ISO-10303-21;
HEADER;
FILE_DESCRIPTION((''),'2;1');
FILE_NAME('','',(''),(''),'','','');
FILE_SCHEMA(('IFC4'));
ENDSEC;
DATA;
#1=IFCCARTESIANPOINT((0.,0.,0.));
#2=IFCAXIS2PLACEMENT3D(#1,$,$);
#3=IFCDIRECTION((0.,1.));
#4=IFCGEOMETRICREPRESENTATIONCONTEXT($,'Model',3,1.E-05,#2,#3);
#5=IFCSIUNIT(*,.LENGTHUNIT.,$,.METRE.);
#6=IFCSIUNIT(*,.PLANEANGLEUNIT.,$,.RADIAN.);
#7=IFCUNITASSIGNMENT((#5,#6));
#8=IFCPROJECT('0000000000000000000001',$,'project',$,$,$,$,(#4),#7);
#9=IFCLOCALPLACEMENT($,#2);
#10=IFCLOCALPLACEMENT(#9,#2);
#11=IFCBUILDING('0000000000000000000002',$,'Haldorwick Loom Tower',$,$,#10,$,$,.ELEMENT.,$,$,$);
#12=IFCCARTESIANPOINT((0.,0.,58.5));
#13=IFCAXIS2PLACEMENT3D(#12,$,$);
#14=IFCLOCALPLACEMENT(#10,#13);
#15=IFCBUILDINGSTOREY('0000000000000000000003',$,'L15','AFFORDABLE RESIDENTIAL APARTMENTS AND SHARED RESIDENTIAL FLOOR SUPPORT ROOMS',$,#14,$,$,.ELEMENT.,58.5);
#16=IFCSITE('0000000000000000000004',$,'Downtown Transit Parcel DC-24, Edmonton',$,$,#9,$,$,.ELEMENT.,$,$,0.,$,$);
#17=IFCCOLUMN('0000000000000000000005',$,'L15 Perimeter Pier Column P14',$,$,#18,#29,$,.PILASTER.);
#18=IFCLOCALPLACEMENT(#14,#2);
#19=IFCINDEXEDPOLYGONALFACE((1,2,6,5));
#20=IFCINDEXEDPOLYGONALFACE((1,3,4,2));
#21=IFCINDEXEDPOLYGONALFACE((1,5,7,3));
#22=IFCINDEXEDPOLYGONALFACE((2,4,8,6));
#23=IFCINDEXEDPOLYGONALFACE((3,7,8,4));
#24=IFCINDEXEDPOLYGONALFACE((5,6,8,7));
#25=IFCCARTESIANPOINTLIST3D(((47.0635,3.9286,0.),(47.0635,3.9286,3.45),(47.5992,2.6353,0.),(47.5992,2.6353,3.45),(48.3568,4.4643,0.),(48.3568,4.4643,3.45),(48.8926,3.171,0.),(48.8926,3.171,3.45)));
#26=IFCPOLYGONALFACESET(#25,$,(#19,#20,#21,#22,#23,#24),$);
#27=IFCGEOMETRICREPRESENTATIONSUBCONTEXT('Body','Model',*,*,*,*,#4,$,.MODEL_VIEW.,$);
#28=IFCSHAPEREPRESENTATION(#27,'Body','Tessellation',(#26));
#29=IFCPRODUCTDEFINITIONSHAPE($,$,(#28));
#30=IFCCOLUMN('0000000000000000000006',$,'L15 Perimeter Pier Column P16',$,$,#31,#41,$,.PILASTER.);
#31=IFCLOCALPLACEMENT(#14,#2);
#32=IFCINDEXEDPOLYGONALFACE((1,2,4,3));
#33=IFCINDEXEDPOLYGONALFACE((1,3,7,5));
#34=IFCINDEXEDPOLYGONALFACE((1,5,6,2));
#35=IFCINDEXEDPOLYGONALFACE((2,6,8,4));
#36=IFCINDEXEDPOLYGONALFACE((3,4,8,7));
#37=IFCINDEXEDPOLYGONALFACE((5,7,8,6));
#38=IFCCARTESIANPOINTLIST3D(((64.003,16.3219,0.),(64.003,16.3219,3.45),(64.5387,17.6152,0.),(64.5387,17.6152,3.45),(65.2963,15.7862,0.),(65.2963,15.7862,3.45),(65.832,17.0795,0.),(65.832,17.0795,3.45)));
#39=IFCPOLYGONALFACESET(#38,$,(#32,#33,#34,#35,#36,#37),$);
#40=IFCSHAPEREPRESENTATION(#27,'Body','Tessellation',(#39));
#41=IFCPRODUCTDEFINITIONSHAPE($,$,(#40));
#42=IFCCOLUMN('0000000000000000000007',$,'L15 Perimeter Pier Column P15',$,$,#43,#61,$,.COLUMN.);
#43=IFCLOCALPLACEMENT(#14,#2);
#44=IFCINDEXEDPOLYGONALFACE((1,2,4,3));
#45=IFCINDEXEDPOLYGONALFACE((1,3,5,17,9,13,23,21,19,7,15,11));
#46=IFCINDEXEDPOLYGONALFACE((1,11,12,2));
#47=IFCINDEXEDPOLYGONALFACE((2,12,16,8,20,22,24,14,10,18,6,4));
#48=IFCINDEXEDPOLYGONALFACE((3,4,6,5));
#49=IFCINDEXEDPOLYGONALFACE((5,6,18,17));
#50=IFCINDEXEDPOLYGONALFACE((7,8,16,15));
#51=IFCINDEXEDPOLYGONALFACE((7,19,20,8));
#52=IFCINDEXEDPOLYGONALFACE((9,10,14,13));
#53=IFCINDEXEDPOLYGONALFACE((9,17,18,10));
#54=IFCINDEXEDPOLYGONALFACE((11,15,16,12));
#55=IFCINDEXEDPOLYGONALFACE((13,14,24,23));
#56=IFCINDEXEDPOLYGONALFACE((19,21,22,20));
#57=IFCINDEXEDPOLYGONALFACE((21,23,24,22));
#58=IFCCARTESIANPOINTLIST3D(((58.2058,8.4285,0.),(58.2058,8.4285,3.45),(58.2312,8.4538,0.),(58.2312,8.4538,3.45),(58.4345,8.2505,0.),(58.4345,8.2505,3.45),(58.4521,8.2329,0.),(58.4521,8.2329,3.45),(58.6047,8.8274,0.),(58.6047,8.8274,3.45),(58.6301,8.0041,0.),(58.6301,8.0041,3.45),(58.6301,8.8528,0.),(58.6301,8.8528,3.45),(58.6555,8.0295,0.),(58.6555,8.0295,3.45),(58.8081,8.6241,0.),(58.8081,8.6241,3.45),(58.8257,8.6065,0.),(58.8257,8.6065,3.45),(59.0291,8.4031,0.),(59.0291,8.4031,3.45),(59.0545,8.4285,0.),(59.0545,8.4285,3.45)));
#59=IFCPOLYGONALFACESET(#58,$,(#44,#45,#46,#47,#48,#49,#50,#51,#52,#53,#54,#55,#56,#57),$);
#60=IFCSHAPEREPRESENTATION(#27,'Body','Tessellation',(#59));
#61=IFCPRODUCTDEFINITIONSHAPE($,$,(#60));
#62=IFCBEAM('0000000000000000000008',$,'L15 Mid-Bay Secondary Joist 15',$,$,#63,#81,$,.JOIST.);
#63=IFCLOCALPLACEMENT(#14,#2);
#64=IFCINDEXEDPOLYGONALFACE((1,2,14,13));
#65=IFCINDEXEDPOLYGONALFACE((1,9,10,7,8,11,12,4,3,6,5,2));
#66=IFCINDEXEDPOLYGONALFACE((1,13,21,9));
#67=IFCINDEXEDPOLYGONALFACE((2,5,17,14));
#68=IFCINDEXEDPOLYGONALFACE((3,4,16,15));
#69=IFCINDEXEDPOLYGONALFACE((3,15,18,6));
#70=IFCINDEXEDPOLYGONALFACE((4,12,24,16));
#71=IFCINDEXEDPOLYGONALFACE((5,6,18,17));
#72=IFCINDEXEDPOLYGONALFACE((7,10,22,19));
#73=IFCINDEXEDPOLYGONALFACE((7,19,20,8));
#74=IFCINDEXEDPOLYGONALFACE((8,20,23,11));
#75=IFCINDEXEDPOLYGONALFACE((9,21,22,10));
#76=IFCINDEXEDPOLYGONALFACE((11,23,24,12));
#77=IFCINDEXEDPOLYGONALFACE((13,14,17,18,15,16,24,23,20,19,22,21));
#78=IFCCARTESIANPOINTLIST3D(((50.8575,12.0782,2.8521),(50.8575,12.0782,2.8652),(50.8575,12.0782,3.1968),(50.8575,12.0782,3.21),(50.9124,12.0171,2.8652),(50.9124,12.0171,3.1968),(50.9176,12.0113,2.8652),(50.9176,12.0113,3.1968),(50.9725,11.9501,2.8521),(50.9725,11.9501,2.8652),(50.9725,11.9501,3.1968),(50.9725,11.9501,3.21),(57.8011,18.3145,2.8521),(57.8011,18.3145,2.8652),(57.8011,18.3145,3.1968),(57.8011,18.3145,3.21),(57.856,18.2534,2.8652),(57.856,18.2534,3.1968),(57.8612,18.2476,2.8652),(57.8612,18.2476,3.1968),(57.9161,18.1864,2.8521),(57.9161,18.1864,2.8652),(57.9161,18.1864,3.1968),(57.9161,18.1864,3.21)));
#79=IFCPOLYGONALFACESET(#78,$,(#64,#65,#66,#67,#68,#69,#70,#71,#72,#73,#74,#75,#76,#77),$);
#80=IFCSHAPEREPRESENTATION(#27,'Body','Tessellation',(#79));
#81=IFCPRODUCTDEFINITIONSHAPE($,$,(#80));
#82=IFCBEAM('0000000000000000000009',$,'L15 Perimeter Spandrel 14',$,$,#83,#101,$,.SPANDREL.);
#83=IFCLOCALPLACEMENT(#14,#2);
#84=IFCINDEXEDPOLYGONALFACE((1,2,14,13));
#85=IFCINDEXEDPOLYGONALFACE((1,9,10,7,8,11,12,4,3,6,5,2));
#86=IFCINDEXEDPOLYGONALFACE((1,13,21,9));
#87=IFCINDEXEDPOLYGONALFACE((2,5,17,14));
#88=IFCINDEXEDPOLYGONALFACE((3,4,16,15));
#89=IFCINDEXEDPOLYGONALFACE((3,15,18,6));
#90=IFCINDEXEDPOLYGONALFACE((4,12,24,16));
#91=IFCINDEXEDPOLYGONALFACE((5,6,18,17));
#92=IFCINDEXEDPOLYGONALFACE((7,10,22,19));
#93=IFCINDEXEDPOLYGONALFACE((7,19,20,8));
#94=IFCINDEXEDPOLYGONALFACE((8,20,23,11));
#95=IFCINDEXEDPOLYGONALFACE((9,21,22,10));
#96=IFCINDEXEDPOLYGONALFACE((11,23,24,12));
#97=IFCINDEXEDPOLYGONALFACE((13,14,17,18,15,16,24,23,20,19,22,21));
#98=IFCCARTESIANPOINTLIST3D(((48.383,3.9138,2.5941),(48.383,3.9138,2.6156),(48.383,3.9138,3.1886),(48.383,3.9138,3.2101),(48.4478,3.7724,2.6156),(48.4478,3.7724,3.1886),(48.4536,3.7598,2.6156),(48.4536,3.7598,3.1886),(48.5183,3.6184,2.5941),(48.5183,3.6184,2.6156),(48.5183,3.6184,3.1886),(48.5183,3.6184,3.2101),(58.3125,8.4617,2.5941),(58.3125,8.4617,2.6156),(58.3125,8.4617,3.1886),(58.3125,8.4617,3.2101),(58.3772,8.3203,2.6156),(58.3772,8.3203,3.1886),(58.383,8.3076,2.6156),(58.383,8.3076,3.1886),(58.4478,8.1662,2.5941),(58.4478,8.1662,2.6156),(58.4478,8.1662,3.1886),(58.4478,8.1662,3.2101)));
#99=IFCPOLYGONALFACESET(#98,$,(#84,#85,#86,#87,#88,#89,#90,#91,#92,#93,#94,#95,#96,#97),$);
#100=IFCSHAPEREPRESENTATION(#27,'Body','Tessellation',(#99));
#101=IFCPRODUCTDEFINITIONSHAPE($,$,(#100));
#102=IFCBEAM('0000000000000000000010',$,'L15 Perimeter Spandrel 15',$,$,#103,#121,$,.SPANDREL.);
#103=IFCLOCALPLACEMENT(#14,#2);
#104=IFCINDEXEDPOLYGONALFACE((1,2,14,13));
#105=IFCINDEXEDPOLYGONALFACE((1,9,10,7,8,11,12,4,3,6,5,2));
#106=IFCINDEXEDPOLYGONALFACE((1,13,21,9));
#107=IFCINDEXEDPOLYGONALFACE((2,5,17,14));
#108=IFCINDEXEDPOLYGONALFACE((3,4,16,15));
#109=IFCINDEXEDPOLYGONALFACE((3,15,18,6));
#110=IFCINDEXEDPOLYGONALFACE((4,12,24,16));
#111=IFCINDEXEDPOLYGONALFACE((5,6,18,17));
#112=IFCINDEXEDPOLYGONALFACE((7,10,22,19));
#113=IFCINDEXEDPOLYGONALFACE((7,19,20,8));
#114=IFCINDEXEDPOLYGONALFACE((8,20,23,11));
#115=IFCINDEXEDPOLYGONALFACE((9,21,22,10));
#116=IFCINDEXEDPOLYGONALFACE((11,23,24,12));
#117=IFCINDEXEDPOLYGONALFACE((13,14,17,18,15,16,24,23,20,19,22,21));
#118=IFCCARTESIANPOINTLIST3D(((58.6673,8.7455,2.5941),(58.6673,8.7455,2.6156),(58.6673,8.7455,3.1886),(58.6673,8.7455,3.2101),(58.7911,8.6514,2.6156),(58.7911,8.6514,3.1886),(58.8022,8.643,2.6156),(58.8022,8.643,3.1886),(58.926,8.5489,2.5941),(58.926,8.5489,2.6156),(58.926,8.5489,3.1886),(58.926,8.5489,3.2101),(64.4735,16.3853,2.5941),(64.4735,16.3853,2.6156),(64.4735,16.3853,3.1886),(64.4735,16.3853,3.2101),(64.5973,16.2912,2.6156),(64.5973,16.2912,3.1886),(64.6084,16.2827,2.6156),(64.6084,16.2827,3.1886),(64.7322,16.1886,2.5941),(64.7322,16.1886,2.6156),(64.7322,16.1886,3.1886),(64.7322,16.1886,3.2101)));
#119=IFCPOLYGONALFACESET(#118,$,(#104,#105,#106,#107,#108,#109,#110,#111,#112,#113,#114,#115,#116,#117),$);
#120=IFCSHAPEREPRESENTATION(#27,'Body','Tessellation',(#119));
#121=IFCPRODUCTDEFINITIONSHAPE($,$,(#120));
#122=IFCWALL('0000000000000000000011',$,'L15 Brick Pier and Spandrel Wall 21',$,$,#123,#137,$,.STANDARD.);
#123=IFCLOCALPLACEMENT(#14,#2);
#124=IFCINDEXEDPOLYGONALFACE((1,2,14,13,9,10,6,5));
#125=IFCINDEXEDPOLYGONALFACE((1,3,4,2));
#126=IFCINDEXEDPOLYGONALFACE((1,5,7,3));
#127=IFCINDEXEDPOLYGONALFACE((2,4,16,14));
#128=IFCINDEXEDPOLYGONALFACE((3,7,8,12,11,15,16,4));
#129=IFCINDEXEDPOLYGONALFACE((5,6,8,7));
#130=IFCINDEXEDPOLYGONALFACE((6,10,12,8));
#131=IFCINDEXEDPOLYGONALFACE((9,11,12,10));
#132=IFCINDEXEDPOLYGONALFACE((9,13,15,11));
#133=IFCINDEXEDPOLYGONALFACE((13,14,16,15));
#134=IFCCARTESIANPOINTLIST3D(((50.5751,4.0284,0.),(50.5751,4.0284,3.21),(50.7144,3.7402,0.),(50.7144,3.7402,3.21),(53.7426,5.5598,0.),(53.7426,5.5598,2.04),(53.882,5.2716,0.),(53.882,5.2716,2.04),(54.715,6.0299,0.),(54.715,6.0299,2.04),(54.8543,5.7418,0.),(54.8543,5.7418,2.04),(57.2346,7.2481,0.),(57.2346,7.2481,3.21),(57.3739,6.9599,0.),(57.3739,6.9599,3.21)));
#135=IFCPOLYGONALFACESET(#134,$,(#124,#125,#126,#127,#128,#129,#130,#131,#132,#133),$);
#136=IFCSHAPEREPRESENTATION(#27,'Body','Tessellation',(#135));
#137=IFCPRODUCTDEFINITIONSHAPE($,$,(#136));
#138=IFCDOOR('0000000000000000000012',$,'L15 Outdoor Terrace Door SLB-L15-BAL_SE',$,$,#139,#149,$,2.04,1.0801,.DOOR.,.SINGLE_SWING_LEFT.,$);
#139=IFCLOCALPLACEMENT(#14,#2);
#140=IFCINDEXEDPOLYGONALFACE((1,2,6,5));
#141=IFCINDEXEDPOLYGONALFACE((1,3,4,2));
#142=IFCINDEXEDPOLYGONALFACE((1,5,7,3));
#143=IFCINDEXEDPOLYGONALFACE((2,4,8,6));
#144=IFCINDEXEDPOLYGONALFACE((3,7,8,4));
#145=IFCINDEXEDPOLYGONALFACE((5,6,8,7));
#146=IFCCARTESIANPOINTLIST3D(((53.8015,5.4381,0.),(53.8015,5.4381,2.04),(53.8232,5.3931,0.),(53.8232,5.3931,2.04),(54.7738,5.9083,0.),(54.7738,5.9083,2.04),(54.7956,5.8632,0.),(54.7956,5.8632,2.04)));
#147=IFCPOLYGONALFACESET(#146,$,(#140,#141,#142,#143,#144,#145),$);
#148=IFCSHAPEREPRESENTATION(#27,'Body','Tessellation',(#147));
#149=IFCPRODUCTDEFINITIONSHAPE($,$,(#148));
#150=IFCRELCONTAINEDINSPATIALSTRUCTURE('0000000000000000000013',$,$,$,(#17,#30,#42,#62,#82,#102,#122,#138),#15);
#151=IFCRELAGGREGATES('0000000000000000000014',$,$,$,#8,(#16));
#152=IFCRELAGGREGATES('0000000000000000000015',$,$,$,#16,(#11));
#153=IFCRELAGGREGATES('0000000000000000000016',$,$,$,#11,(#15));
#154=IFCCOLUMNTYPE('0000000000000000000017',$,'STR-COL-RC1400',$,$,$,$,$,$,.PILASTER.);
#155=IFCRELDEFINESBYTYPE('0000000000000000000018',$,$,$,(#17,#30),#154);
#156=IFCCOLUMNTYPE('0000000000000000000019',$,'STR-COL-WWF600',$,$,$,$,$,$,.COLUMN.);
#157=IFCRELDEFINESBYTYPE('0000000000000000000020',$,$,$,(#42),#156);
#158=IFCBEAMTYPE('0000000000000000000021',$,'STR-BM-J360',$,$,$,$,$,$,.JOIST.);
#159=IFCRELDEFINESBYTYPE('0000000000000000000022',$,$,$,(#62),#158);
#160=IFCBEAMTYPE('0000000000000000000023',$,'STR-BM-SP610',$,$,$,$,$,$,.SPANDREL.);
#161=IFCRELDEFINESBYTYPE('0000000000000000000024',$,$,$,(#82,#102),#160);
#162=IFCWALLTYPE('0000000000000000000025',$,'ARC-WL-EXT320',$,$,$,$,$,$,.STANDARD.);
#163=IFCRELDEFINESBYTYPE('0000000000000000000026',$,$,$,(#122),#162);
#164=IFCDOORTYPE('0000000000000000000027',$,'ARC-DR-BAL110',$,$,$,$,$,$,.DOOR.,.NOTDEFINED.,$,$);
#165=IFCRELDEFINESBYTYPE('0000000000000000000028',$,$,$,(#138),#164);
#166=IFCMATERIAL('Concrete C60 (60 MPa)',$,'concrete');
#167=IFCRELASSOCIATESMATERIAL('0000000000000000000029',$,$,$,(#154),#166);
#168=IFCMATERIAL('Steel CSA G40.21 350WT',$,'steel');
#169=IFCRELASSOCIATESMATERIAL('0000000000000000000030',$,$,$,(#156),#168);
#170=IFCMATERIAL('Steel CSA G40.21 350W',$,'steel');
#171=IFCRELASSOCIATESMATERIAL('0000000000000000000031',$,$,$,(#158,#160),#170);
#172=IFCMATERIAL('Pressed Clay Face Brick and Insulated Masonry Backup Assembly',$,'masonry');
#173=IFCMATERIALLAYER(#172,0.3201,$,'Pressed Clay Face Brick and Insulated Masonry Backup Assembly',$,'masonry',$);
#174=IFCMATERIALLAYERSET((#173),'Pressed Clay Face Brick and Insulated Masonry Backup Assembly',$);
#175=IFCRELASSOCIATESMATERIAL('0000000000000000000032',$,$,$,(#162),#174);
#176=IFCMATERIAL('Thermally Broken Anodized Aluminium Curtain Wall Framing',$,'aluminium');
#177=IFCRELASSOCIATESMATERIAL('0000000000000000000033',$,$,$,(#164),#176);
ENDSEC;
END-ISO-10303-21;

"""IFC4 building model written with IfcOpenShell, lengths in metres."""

from ifc_helpers import new_model, si_unit, direction, frame, frame_2d, origin, origin_2d, place, context, subcontext, project, spatial, rectangle, i_section, extrude, material, layer, layer_set, material_profile, profile_set, type_object, element, fill, save


model = new_model("IFC4")

# Units and contexts
model_context = context("Model", 3, precision=1e-05, world=origin(), true_north=direction((0.0, 1.0)))
body_context = subcontext(model_context, "Body", "Model", "MODEL_VIEW")
ifc_project = project(units=[si_unit("LENGTHUNIT", "METRE"), si_unit("PLANEANGLEUNIT", "RADIAN")], contexts=[model_context])

# Site, building, storey
site_placement = place(None, origin())
site = spatial("IfcSite", under=ifc_project, at=site_placement, Name="Downtown Transit Parcel DC-24, Edmonton", CompositionType="ELEMENT", RefElevation=0.0)
building_placement = place(site_placement, origin())
building = spatial("IfcBuilding", under=site, at=building_placement, Name="Haldorwick Loom Tower", CompositionType="ELEMENT")
storey_placement = place(building_placement, frame((0.0, 0.0, 58.5)))
storey = spatial("IfcBuildingStorey", under=building, at=storey_placement, Name="L15", Description="AFFORDABLE RESIDENTIAL APARTMENTS AND SHARED RESIDENTIAL FLOOR SUPPORT ROOMS", CompositionType="ELEMENT", Elevation=58.5)

# Columns
ifc_material_1 = material(Name="Concrete C60 (60 MPa)", Category="concrete")
ifc_material_profile_1 = material_profile(ifc_material_1, rectangle(XDim=1.3999, YDim=1.3999, at=origin_2d()), Name="RC1400X1400", Category="concrete")
ifc_profile_set_1 = profile_set([ifc_material_profile_1], Name="Concrete C60 (60 MPa)")
column_type_1 = type_object("IfcColumnType", Name="STR-COL-RC1400", PredefinedType="PILASTER", material=ifc_profile_set_1)
for number, where, z_axis, x_axis, name in (
    (1, (47.978, 3.5498, 0.0), (0.0, 0.0, 1.0), (0.382683, -0.92388, 0.0), "L15 Perimeter Pier Column P14"),
    (2, (64.9175, 16.7007, 0.0), (0.0, 0.0, 1.0), (0.92388, -0.382683, 0.0), "L15 Perimeter Pier Column P16"),
):
    element("IfcColumn", number, at=place(storey_placement, frame(where, z_axis=z_axis, x_axis=x_axis)), inside=storey, type_object=column_type_1, Name=name, PredefinedType="PILASTER", context=body_context, shape_type="SweptSolid", body=[
        extrude(rectangle(XDim=1.3999, YDim=1.3999, at=origin_2d()), origin(), (0.0, 0.0, 1.0), 3.45),
    ])
ifc_material_2 = material(Name="Steel CSA G40.21 350WT", Category="steel")
ifc_material_profile_2 = material_profile(ifc_material_2, i_section(OverallWidth=0.6001, OverallDepth=0.6001, WebThickness=0.0249, FlangeThickness=0.0359, at=origin_2d()), Name="WWF600X600", Category="steel")
ifc_profile_set_2 = profile_set([ifc_material_profile_2], Name="Steel CSA G40.21 350WT")
column_type_2 = type_object("IfcColumnType", Name="STR-COL-WWF600", PredefinedType="COLUMN", material=ifc_profile_set_2)
column_placement = place(storey_placement, frame((58.6301, 8.4285, 0.0), z_axis=(0.0, 0.0, 1.0), x_axis=(0.707107, -0.707107, 0.0)))
element("IfcColumn", 3, at=column_placement, inside=storey, type_object=column_type_2, Name="L15 Perimeter Pier Column P15", PredefinedType="COLUMN", context=body_context, shape_type="SweptSolid", body=[
    extrude(i_section(OverallWidth=0.6001, OverallDepth=0.6001, WebThickness=0.0249, FlangeThickness=0.0359, at=origin_2d()), origin(), (0.0, 0.0, 1.0), 3.45),
])

# Beams
ifc_material_3 = material(Name="Steel CSA G40.21 350W", Category="steel")
ifc_material_profile_3 = material_profile(ifc_material_3, i_section(OverallWidth=0.1721, OverallDepth=0.3579, WebThickness=0.0078, FlangeThickness=0.0132, at=origin_2d()), Name="W360X57", Category="steel")
ifc_profile_set_3 = profile_set([ifc_material_profile_3], Name="Steel CSA G40.21 350W")
beam_type_1 = type_object("IfcBeamType", Name="STR-BM-J360", PredefinedType="JOIST", material=ifc_profile_set_3)
beam_1_placement = place(storey_placement, frame((50.915, 12.0142, 3.031), z_axis=(0.743982, 0.6682, 0.0), x_axis=(-0.6682, 0.743982, 0.0)))
element("IfcBeam", 4, at=beam_1_placement, inside=storey, type_object=beam_type_1, Name="L15 Mid-Bay Secondary Joist 15", PredefinedType="JOIST", context=body_context, shape_type="SweptSolid", body=[
    extrude(i_section(OverallWidth=0.1721, OverallDepth=0.3579, WebThickness=0.0078, FlangeThickness=0.0132, at=origin_2d()), origin(), (0.0, 0.0, 1.0), 9.333),
])
ifc_material_profile_4 = material_profile(ifc_material_3, i_section(OverallWidth=0.325, OverallDepth=0.616, WebThickness=0.0139, FlangeThickness=0.0215, at=origin_2d()), Name="W610X174", Category="steel")
ifc_profile_set_4 = profile_set([ifc_material_profile_4], Name="Steel CSA G40.21 350W")
beam_type_2 = type_object("IfcBeamType", Name="STR-BM-SP610", PredefinedType="SPANDREL", material=ifc_profile_set_4)
beam_2_placement = place(storey_placement, frame((48.4507, 3.7661, 2.9021), z_axis=(0.909174, 0.416417, 0.0), x_axis=(-0.416417, 0.909174, 0.0)))
element("IfcBeam", 5, at=beam_2_placement, inside=storey, type_object=beam_type_2, Name="L15 Perimeter Spandrel 14", PredefinedType="SPANDREL", context=body_context, shape_type="SweptSolid", body=[
    extrude(i_section(OverallWidth=0.325, OverallDepth=0.616, WebThickness=0.0139, FlangeThickness=0.0215, at=origin_2d()), origin(), (0.0, 0.0, 1.0), 10.9214),
])
beam_3_placement = place(storey_placement, frame((58.7966, 8.6472, 2.9021), z_axis=(0.605085, 0.796161, 0.0), x_axis=(-0.796161, 0.605085, 0.0)))
element("IfcBeam", 6, at=beam_3_placement, inside=storey, type_object=beam_type_2, Name="L15 Perimeter Spandrel 15", PredefinedType="SPANDREL", context=body_context, shape_type="SweptSolid", body=[
    extrude(i_section(OverallWidth=0.325, OverallDepth=0.616, WebThickness=0.0139, FlangeThickness=0.0215, at=origin_2d()), origin(), (0.0, 0.0, 1.0), 9.5957),
])

# Wall, opening, door
ifc_material_4 = material(Name="Pressed Clay Face Brick and Insulated Masonry Backup Assembly", Category="masonry")
ifc_layer_1 = layer(ifc_material_4, 0.3201, Name="Pressed Clay Face Brick and Insulated Masonry Backup Assembly", Category="masonry")
ifc_layer_set_1 = layer_set([ifc_layer_1], Name="Pressed Clay Face Brick and Insulated Masonry Backup Assembly")
wall_type_1 = type_object("IfcWallType", Name="ARC-WL-EXT320", PredefinedType="STANDARD", material=ifc_layer_set_1)
wall_1_placement = place(storey_placement, frame((50.6448, 3.8843, 0.0), z_axis=(0.0, 0.0, 1.0), x_axis=(0.900296, 0.435279, 0.0)))
wall_1 = element("IfcWall", 7, at=wall_1_placement, inside=storey, type_object=wall_type_1, Name="L15 Brick Pier and Spandrel Wall 21", PredefinedType="STANDARD", context=body_context, shape_type="SweptSolid", body=[
    extrude(rectangle(XDim=7.397, YDim=0.3201, at=frame_2d((3.6985, 0.0))), origin(), (0.0, 0.0, 1.0), 3.21),
])
opening_1_placement = place(wall_1_placement, frame((3.5183, 0.0, 0.0)))
opening_1 = element("IfcOpeningElement", 8, at=opening_1_placement, cuts=wall_1, PredefinedType="OPENING", context=body_context, shape_type="SweptSolid", body=[
    extrude(rectangle(XDim=1.0801, YDim=2.04, at=frame_2d((0.54, 1.02))), frame((0.0, 0.1699, 0.0), z_axis=(0.0, -1.0, 0.0), x_axis=(1.0, 0.0, 0.0)), (0.0, 0.0, 1.0), 0.3401),
])
ifc_material_5 = material(Name="Thermally Broken Anodized Aluminium Curtain Wall Framing", Category="aluminium")
door_type_1 = type_object("IfcDoorType", Name="ARC-DR-BAL110", OperationType="NOTDEFINED", PredefinedType="DOOR", material=ifc_material_5)
door_1_placement = place(opening_1_placement, origin())
door_1 = element("IfcDoor", 9, at=door_1_placement, inside=storey, type_object=door_type_1, Name="L15 Outdoor Terrace Door SLB-L15-BAL_SE", OperationType="SINGLE_SWING_LEFT", OverallHeight=2.04, OverallWidth=1.0801, PredefinedType="DOOR", context=body_context, shape_type="SweptSolid", body=[
    extrude(rectangle(XDim=1.0801, YDim=2.04, at=frame_2d((0.54, 1.02))), frame((0.0, 0.0249, 0.0), z_axis=(0.0, -1.0, 0.0), x_axis=(1.0, 0.0, 0.0)), (0.0, 0.0, 1.0), 0.05),
])
fill(opening_1, door_1)

save(model, "model.ifc")
